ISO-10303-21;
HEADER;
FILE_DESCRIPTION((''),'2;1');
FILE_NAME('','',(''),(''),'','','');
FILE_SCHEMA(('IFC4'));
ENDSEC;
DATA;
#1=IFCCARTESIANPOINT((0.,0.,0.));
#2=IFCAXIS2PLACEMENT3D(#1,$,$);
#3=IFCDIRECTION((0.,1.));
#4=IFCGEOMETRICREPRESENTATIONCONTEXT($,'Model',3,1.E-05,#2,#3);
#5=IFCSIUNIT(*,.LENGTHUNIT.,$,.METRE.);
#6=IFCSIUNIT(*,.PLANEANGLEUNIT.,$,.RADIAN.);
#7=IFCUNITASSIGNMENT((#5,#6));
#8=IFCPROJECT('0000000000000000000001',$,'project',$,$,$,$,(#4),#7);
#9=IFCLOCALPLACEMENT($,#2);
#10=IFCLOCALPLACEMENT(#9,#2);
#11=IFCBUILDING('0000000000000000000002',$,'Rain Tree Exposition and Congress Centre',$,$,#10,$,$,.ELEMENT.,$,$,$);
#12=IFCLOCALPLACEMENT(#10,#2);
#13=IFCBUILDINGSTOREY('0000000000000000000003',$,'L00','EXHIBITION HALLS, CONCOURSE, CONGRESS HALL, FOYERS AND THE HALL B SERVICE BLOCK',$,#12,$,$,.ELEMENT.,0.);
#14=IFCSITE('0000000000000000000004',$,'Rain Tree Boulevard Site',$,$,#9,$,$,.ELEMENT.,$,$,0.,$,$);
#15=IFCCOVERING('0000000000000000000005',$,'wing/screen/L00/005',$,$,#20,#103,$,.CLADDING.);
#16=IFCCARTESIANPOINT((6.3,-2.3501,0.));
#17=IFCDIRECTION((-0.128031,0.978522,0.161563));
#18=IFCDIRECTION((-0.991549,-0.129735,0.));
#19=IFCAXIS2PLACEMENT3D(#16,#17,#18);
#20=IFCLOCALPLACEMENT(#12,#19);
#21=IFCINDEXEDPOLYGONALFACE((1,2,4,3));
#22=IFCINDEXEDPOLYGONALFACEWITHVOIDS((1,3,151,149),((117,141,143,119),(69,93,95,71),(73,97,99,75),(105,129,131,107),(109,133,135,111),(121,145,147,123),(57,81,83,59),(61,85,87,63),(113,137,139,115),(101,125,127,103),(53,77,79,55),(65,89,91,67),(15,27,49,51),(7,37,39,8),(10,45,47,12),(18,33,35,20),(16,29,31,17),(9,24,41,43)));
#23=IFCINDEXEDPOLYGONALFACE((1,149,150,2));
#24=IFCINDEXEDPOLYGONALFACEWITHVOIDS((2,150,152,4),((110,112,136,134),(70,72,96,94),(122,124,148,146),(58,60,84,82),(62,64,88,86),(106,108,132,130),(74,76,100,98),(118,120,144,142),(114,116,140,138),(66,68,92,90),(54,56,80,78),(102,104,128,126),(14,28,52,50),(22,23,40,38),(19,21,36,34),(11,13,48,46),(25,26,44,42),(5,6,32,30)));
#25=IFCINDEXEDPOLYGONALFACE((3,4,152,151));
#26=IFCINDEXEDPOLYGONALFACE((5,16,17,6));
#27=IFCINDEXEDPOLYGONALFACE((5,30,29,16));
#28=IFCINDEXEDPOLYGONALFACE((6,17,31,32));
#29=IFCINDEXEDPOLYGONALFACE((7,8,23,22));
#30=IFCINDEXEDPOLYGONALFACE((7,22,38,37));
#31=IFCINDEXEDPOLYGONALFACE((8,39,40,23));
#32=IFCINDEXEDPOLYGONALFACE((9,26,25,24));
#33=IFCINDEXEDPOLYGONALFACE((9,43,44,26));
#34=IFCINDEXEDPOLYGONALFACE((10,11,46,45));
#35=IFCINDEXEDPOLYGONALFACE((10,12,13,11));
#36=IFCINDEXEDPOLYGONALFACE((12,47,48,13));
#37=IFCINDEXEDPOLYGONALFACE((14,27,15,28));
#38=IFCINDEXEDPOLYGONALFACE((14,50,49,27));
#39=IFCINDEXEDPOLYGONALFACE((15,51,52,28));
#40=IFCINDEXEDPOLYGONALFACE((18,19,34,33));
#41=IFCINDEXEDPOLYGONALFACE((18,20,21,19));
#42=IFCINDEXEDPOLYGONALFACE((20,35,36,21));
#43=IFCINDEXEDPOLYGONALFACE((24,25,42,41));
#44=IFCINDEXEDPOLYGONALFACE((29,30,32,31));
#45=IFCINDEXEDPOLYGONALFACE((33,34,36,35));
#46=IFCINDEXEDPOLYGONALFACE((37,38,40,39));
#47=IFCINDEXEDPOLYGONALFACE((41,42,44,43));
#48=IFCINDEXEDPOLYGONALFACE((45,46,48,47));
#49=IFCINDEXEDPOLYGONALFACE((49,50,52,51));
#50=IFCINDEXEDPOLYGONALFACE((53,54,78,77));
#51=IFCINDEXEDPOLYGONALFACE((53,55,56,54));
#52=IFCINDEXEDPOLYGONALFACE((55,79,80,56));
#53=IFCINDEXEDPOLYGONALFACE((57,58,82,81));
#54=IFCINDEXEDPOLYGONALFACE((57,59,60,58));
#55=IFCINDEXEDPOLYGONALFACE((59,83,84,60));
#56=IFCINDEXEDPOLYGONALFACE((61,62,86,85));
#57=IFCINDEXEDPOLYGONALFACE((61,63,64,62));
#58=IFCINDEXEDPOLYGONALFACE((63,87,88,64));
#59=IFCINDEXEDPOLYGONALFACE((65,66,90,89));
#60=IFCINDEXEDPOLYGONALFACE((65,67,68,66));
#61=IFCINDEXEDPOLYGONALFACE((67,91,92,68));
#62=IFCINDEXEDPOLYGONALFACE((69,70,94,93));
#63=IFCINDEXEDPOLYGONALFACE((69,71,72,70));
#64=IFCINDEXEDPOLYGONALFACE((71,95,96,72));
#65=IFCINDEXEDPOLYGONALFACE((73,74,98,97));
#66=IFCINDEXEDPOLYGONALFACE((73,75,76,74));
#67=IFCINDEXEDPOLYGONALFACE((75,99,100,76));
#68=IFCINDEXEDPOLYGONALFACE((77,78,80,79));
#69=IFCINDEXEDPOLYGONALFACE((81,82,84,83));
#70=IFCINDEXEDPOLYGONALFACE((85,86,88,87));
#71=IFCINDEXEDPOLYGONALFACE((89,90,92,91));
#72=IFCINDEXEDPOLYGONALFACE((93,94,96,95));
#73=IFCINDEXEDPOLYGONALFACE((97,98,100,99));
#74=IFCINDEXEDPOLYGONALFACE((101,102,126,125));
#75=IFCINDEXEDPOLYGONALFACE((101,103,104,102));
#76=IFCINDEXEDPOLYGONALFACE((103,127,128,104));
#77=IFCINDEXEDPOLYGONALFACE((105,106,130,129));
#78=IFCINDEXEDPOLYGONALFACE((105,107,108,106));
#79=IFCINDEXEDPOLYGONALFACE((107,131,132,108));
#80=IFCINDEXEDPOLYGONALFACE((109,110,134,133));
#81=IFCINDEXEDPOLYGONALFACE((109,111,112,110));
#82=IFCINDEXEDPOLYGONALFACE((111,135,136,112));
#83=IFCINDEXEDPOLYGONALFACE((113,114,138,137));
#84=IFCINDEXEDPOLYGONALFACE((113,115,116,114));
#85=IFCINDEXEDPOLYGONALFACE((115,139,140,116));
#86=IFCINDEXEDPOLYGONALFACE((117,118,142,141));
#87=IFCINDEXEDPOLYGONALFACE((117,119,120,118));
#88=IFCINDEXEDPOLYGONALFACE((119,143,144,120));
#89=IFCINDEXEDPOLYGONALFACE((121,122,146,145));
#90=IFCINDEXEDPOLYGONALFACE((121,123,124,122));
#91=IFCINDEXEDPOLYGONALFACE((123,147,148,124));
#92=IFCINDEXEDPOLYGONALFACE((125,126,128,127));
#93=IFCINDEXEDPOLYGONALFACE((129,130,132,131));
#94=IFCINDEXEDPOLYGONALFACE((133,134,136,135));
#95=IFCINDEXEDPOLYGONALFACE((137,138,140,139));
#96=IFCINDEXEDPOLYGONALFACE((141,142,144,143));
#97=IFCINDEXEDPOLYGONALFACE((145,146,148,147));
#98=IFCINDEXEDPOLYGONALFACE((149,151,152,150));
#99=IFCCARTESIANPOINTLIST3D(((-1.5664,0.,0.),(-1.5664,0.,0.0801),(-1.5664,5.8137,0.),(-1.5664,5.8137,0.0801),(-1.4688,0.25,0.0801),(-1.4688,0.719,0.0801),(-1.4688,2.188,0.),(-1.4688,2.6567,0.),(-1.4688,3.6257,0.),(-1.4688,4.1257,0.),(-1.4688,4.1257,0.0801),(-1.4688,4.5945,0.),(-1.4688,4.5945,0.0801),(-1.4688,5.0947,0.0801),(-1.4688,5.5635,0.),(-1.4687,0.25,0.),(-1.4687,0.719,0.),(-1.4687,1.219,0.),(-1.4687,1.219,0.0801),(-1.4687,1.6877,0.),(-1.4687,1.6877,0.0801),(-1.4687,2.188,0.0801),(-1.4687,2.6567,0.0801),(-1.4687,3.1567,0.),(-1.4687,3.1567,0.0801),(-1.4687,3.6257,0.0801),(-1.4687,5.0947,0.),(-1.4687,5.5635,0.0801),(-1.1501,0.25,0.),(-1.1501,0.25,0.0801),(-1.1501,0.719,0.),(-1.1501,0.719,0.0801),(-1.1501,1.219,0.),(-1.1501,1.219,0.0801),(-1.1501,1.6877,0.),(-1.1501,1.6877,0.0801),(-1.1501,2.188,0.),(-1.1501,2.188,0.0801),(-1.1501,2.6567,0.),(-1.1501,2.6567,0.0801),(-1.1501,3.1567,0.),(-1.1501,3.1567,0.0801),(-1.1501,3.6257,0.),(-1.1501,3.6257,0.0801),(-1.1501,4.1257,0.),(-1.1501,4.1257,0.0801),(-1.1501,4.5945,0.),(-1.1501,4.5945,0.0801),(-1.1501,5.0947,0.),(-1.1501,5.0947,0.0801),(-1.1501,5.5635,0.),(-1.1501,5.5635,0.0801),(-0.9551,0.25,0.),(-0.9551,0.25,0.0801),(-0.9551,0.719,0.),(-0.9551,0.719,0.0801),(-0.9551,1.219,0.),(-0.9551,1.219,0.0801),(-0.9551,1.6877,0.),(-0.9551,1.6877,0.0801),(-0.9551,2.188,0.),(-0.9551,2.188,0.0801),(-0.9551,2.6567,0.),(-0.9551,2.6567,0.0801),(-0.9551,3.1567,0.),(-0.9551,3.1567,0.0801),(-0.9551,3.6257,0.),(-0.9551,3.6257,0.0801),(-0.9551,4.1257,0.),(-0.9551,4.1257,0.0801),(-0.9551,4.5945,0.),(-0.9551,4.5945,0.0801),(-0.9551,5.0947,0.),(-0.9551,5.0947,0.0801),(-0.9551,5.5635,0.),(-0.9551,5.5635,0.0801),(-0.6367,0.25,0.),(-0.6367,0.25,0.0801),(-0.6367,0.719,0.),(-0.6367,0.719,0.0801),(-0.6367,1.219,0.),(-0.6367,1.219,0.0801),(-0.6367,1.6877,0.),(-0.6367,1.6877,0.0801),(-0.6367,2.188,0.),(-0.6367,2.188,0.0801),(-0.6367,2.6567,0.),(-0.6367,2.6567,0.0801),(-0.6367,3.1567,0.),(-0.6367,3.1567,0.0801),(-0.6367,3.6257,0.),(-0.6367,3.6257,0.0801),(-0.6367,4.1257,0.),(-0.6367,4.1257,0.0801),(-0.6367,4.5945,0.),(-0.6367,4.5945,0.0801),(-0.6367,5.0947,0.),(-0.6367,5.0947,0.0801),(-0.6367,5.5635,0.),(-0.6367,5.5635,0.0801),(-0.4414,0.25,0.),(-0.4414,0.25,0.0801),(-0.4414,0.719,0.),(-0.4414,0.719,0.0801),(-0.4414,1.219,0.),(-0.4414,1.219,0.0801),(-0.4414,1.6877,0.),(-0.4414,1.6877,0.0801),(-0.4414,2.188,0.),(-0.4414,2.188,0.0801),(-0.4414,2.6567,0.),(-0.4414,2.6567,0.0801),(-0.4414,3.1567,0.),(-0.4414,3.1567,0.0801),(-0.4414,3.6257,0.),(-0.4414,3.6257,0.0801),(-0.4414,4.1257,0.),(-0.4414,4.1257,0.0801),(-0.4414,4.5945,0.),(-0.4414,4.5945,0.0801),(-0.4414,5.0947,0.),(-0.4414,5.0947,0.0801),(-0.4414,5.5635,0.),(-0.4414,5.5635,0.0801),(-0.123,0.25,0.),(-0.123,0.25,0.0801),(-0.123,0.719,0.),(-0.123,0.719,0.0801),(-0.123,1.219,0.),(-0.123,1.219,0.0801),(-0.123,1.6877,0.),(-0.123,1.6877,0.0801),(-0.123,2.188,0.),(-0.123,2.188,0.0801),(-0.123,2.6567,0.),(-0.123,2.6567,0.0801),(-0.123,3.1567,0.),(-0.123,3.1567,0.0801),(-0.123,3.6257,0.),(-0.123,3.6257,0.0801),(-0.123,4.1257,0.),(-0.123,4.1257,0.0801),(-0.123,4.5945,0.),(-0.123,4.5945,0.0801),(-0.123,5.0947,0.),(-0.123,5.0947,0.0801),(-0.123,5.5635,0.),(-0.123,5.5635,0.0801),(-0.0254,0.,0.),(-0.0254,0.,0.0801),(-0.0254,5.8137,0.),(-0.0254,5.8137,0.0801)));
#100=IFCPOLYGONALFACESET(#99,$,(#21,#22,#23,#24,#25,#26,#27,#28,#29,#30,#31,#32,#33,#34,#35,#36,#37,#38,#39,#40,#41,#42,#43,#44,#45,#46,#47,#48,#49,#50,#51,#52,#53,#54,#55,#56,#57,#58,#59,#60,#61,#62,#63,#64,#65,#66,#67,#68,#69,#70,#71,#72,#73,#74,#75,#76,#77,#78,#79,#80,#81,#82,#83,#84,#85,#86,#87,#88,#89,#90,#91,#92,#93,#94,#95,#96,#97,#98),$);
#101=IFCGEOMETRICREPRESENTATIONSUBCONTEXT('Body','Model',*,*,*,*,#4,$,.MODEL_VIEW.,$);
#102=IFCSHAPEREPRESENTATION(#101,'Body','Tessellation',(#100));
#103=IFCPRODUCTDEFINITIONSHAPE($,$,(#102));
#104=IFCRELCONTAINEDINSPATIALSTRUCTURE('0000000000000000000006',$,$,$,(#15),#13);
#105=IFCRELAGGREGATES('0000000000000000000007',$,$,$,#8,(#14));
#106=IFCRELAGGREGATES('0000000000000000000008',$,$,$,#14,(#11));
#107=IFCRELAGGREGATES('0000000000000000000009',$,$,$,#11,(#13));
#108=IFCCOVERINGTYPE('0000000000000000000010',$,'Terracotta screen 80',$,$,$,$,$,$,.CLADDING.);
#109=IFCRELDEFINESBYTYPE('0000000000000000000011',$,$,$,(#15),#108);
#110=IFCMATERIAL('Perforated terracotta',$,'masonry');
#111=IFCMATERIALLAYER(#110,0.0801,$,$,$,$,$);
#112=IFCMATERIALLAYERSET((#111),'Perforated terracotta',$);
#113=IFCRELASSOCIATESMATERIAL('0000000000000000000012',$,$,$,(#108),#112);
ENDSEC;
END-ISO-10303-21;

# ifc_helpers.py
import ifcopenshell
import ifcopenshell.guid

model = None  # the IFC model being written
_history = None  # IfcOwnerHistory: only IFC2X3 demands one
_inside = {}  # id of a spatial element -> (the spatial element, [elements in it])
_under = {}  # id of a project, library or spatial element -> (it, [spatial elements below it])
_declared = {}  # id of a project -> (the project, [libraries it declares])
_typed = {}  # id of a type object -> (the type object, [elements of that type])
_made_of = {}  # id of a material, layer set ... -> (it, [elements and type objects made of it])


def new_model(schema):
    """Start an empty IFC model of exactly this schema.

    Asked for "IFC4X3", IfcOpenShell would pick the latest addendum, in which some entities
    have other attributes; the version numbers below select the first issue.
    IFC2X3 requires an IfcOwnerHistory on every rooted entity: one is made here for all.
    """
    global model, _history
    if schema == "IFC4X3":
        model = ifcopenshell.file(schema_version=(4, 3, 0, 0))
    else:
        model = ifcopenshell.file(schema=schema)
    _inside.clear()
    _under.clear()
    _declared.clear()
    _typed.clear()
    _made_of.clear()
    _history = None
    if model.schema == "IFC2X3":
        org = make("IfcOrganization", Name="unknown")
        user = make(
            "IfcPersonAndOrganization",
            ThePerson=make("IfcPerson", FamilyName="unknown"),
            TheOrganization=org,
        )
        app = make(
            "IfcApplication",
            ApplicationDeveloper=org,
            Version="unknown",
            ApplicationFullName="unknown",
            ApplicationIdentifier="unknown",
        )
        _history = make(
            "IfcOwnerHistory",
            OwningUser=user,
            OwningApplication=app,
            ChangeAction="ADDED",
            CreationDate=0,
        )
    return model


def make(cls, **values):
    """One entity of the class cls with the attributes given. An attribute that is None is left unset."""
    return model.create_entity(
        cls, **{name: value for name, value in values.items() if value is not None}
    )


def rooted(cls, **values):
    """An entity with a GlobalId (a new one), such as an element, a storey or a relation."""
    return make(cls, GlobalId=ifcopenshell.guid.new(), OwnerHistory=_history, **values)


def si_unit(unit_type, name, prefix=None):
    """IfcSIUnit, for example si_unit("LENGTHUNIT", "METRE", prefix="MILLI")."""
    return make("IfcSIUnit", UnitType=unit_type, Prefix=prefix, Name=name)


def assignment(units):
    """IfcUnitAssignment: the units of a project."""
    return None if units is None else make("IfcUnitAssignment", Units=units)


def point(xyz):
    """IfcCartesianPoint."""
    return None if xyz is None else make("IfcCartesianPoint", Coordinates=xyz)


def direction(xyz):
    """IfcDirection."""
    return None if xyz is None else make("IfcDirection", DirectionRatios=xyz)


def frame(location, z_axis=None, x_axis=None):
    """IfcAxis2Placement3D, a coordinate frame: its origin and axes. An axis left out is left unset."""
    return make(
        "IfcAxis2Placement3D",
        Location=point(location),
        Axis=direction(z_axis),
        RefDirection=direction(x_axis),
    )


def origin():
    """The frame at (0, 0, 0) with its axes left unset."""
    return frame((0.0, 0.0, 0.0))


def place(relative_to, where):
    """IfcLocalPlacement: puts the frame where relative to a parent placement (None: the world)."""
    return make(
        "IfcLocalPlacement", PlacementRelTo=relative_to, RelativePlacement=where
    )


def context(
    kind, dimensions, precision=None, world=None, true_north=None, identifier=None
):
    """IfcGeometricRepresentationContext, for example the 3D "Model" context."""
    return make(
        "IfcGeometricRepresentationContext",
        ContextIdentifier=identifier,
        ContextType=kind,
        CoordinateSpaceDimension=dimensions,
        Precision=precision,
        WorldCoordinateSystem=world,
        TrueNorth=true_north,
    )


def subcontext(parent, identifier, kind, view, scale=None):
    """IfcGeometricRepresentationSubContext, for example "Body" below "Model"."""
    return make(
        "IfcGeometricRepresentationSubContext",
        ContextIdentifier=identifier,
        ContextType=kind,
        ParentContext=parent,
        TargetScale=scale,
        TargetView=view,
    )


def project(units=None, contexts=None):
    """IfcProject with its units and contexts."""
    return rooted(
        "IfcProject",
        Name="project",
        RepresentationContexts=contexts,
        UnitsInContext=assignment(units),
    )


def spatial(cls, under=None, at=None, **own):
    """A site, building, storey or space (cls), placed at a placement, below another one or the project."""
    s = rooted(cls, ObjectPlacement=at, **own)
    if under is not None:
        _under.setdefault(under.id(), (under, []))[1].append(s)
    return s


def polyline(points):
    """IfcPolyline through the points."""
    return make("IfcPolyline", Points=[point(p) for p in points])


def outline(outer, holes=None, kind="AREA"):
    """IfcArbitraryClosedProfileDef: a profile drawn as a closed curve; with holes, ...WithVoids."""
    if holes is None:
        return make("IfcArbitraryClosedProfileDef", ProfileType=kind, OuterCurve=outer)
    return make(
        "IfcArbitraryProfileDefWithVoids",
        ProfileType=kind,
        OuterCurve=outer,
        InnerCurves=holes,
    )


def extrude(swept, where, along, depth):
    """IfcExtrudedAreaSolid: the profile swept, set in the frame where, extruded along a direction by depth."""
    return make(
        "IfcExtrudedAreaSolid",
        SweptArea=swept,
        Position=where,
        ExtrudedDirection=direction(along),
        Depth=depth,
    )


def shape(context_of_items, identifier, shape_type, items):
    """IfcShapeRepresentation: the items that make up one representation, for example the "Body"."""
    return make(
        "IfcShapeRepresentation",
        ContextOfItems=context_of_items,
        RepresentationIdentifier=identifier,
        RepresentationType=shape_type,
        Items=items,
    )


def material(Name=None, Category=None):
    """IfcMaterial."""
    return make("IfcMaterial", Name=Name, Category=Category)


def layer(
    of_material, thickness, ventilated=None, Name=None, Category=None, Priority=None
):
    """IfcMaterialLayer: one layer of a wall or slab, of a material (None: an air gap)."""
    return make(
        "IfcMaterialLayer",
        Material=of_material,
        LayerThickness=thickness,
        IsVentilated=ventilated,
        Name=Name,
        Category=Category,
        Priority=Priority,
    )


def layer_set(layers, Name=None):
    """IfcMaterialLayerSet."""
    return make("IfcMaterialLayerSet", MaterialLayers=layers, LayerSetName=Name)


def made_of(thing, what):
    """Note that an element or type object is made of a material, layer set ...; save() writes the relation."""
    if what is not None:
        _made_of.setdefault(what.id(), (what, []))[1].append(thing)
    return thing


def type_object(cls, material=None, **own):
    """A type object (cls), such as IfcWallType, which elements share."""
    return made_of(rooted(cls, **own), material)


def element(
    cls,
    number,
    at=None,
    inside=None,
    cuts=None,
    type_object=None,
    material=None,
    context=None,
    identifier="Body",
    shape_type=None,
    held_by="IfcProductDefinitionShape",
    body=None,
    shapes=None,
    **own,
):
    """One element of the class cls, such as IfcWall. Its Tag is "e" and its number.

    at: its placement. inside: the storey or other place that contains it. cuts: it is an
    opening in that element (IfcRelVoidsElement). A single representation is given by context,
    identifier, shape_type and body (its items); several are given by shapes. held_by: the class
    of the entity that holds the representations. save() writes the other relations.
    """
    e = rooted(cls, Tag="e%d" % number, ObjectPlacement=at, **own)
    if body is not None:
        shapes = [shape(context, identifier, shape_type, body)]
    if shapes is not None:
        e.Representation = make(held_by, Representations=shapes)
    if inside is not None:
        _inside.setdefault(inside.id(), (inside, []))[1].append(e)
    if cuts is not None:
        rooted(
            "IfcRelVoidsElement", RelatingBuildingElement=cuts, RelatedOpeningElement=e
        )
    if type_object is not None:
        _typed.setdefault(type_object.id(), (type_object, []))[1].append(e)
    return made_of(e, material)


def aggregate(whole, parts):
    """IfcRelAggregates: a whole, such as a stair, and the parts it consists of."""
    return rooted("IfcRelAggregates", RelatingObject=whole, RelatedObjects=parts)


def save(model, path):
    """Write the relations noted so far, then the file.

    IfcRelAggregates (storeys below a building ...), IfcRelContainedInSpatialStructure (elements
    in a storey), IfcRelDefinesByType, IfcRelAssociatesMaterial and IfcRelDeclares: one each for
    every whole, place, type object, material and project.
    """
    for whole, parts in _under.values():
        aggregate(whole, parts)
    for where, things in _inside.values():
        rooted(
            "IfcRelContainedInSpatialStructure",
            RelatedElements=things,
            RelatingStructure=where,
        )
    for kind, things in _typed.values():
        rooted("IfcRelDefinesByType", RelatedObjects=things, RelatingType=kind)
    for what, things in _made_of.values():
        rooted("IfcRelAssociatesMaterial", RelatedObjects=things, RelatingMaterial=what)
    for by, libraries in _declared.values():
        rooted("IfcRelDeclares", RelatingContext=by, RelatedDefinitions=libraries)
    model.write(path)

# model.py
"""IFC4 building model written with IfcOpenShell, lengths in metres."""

from ifc_helpers import new_model, si_unit, direction, frame, origin, place, context, subcontext, project, spatial, polyline, outline, extrude, material, layer, layer_set, type_object, element, save


model = new_model("IFC4")

# Units and contexts
model_context = context("Model", 3, precision=1e-05, world=origin(), true_north=direction((0.0, 1.0)))
body_context = subcontext(model_context, "Body", "Model", "MODEL_VIEW")
ifc_project = project(units=[si_unit("LENGTHUNIT", "METRE"), si_unit("PLANEANGLEUNIT", "RADIAN")], contexts=[model_context])

# Site, building, storey
site_placement = place(None, origin())
site = spatial("IfcSite", under=ifc_project, at=site_placement, Name="Rain Tree Boulevard Site", CompositionType="ELEMENT", RefElevation=0.0)
building_placement = place(site_placement, origin())
building = spatial("IfcBuilding", under=site, at=building_placement, Name="Rain Tree Exposition and Congress Centre", CompositionType="ELEMENT")
storey_placement = place(building_placement, origin())
storey = spatial("IfcBuildingStorey", under=building, at=storey_placement, Name="L00", Description="EXHIBITION HALLS, CONCOURSE, CONGRESS HALL, FOYERS AND THE HALL B SERVICE BLOCK", CompositionType="ELEMENT", Elevation=0.0)

# Covering
ifc_material_1 = material(Name="Perforated terracotta", Category="masonry")
ifc_layer_1 = layer(ifc_material_1, 0.0801)
ifc_layer_set_1 = layer_set([ifc_layer_1], Name="Perforated terracotta")
covering_type = type_object("IfcCoveringType", Name="Terracotta screen 80", PredefinedType="CLADDING", material=ifc_layer_set_1)
covering_1_placement = place(storey_placement, frame((6.3, -2.3501, 0.0), z_axis=(-0.128031, 0.978522, 0.161563), x_axis=(-0.991549, -0.129735, 0.0)))
element("IfcCovering", 1, at=covering_1_placement, inside=storey, type_object=covering_type, Name="wing/screen/L00/005", PredefinedType="CLADDING", context=body_context, shape_type="SweptSolid", body=[
    extrude(outline(polyline([(-1.5664, 0.0), (-1.5664, 5.8137), (-0.0254, 5.8137), (-0.0254, 0.0), (-1.5664, 0.0)]), holes=[polyline([(-0.123, 0.25), (-0.123, 0.719), (-0.4414, 0.719), (-0.4414, 0.25), (-0.123, 0.25)]), polyline([(-0.123, 1.219), (-0.123, 1.6877), (-0.4414, 1.6877), (-0.4414, 1.219), (-0.123, 1.219)]), polyline([(-0.123, 2.188), (-0.123, 2.6567), (-0.4414, 2.6567), (-0.4414, 2.188), (-0.123, 2.188)]), polyline([(-0.123, 3.1567), (-0.123, 3.6257), (-0.4414, 3.6257), (-0.4414, 3.1567), (-0.123, 3.1567)]), polyline([(-0.123, 4.1257), (-0.123, 4.5945), (-0.4414, 4.5945), (-0.4414, 4.1257), (-0.123, 4.1257)]), polyline([(-0.123, 5.0947), (-0.123, 5.5635), (-0.4414, 5.5635), (-0.4414, 5.0947), (-0.123, 5.0947)]), polyline([(-0.6367, 0.25), (-0.6367, 0.719), (-0.9551, 0.719), (-0.9551, 0.25), (-0.6367, 0.25)]), polyline([(-0.6367, 1.219), (-0.6367, 1.6877), (-0.9551, 1.6877), (-0.9551, 1.219), (-0.6367, 1.219)]), polyline([(-0.6367, 2.188), (-0.6367, 2.6567), (-0.9551, 2.6567), (-0.9551, 2.188), (-0.6367, 2.188)]), polyline([(-0.6367, 3.1567), (-0.6367, 3.6257), (-0.9551, 3.6257), (-0.9551, 3.1567), (-0.6367, 3.1567)]), polyline([(-0.6367, 4.1257), (-0.6367, 4.5945), (-0.9551, 4.5945), (-0.9551, 4.1257), (-0.6367, 4.1257)]), polyline([(-0.6367, 5.0947), (-0.6367, 5.5635), (-0.9551, 5.5635), (-0.9551, 5.0947), (-0.6367, 5.0947)]), polyline([(-1.1501, 0.25), (-1.1501, 0.719), (-1.4688, 0.719), (-1.4688, 0.25), (-1.1501, 0.25)]), polyline([(-1.1501, 1.219), (-1.1501, 1.6877), (-1.4688, 1.6877), (-1.4688, 1.219), (-1.1501, 1.219)]), polyline([(-1.1501, 2.188), (-1.1501, 2.6567), (-1.4688, 2.6567), (-1.4688, 2.188), (-1.1501, 2.188)]), polyline([(-1.1501, 3.1567), (-1.1501, 3.6257), (-1.4688, 3.6257), (-1.4688, 3.1567), (-1.1501, 3.1567)]), polyline([(-1.1501, 4.1257), (-1.1501, 4.5945), (-1.4688, 4.5945), (-1.4688, 4.1257), (-1.1501, 4.1257)]), polyline([(-1.1501, 5.0947), (-1.1501, 5.5635), (-1.4688, 5.5635), (-1.4688, 5.0947), (-1.1501, 5.0947)])]), origin(), (0.0, 0.0, 1.0), 0.0801),
])

save(model, "model.ifc")
